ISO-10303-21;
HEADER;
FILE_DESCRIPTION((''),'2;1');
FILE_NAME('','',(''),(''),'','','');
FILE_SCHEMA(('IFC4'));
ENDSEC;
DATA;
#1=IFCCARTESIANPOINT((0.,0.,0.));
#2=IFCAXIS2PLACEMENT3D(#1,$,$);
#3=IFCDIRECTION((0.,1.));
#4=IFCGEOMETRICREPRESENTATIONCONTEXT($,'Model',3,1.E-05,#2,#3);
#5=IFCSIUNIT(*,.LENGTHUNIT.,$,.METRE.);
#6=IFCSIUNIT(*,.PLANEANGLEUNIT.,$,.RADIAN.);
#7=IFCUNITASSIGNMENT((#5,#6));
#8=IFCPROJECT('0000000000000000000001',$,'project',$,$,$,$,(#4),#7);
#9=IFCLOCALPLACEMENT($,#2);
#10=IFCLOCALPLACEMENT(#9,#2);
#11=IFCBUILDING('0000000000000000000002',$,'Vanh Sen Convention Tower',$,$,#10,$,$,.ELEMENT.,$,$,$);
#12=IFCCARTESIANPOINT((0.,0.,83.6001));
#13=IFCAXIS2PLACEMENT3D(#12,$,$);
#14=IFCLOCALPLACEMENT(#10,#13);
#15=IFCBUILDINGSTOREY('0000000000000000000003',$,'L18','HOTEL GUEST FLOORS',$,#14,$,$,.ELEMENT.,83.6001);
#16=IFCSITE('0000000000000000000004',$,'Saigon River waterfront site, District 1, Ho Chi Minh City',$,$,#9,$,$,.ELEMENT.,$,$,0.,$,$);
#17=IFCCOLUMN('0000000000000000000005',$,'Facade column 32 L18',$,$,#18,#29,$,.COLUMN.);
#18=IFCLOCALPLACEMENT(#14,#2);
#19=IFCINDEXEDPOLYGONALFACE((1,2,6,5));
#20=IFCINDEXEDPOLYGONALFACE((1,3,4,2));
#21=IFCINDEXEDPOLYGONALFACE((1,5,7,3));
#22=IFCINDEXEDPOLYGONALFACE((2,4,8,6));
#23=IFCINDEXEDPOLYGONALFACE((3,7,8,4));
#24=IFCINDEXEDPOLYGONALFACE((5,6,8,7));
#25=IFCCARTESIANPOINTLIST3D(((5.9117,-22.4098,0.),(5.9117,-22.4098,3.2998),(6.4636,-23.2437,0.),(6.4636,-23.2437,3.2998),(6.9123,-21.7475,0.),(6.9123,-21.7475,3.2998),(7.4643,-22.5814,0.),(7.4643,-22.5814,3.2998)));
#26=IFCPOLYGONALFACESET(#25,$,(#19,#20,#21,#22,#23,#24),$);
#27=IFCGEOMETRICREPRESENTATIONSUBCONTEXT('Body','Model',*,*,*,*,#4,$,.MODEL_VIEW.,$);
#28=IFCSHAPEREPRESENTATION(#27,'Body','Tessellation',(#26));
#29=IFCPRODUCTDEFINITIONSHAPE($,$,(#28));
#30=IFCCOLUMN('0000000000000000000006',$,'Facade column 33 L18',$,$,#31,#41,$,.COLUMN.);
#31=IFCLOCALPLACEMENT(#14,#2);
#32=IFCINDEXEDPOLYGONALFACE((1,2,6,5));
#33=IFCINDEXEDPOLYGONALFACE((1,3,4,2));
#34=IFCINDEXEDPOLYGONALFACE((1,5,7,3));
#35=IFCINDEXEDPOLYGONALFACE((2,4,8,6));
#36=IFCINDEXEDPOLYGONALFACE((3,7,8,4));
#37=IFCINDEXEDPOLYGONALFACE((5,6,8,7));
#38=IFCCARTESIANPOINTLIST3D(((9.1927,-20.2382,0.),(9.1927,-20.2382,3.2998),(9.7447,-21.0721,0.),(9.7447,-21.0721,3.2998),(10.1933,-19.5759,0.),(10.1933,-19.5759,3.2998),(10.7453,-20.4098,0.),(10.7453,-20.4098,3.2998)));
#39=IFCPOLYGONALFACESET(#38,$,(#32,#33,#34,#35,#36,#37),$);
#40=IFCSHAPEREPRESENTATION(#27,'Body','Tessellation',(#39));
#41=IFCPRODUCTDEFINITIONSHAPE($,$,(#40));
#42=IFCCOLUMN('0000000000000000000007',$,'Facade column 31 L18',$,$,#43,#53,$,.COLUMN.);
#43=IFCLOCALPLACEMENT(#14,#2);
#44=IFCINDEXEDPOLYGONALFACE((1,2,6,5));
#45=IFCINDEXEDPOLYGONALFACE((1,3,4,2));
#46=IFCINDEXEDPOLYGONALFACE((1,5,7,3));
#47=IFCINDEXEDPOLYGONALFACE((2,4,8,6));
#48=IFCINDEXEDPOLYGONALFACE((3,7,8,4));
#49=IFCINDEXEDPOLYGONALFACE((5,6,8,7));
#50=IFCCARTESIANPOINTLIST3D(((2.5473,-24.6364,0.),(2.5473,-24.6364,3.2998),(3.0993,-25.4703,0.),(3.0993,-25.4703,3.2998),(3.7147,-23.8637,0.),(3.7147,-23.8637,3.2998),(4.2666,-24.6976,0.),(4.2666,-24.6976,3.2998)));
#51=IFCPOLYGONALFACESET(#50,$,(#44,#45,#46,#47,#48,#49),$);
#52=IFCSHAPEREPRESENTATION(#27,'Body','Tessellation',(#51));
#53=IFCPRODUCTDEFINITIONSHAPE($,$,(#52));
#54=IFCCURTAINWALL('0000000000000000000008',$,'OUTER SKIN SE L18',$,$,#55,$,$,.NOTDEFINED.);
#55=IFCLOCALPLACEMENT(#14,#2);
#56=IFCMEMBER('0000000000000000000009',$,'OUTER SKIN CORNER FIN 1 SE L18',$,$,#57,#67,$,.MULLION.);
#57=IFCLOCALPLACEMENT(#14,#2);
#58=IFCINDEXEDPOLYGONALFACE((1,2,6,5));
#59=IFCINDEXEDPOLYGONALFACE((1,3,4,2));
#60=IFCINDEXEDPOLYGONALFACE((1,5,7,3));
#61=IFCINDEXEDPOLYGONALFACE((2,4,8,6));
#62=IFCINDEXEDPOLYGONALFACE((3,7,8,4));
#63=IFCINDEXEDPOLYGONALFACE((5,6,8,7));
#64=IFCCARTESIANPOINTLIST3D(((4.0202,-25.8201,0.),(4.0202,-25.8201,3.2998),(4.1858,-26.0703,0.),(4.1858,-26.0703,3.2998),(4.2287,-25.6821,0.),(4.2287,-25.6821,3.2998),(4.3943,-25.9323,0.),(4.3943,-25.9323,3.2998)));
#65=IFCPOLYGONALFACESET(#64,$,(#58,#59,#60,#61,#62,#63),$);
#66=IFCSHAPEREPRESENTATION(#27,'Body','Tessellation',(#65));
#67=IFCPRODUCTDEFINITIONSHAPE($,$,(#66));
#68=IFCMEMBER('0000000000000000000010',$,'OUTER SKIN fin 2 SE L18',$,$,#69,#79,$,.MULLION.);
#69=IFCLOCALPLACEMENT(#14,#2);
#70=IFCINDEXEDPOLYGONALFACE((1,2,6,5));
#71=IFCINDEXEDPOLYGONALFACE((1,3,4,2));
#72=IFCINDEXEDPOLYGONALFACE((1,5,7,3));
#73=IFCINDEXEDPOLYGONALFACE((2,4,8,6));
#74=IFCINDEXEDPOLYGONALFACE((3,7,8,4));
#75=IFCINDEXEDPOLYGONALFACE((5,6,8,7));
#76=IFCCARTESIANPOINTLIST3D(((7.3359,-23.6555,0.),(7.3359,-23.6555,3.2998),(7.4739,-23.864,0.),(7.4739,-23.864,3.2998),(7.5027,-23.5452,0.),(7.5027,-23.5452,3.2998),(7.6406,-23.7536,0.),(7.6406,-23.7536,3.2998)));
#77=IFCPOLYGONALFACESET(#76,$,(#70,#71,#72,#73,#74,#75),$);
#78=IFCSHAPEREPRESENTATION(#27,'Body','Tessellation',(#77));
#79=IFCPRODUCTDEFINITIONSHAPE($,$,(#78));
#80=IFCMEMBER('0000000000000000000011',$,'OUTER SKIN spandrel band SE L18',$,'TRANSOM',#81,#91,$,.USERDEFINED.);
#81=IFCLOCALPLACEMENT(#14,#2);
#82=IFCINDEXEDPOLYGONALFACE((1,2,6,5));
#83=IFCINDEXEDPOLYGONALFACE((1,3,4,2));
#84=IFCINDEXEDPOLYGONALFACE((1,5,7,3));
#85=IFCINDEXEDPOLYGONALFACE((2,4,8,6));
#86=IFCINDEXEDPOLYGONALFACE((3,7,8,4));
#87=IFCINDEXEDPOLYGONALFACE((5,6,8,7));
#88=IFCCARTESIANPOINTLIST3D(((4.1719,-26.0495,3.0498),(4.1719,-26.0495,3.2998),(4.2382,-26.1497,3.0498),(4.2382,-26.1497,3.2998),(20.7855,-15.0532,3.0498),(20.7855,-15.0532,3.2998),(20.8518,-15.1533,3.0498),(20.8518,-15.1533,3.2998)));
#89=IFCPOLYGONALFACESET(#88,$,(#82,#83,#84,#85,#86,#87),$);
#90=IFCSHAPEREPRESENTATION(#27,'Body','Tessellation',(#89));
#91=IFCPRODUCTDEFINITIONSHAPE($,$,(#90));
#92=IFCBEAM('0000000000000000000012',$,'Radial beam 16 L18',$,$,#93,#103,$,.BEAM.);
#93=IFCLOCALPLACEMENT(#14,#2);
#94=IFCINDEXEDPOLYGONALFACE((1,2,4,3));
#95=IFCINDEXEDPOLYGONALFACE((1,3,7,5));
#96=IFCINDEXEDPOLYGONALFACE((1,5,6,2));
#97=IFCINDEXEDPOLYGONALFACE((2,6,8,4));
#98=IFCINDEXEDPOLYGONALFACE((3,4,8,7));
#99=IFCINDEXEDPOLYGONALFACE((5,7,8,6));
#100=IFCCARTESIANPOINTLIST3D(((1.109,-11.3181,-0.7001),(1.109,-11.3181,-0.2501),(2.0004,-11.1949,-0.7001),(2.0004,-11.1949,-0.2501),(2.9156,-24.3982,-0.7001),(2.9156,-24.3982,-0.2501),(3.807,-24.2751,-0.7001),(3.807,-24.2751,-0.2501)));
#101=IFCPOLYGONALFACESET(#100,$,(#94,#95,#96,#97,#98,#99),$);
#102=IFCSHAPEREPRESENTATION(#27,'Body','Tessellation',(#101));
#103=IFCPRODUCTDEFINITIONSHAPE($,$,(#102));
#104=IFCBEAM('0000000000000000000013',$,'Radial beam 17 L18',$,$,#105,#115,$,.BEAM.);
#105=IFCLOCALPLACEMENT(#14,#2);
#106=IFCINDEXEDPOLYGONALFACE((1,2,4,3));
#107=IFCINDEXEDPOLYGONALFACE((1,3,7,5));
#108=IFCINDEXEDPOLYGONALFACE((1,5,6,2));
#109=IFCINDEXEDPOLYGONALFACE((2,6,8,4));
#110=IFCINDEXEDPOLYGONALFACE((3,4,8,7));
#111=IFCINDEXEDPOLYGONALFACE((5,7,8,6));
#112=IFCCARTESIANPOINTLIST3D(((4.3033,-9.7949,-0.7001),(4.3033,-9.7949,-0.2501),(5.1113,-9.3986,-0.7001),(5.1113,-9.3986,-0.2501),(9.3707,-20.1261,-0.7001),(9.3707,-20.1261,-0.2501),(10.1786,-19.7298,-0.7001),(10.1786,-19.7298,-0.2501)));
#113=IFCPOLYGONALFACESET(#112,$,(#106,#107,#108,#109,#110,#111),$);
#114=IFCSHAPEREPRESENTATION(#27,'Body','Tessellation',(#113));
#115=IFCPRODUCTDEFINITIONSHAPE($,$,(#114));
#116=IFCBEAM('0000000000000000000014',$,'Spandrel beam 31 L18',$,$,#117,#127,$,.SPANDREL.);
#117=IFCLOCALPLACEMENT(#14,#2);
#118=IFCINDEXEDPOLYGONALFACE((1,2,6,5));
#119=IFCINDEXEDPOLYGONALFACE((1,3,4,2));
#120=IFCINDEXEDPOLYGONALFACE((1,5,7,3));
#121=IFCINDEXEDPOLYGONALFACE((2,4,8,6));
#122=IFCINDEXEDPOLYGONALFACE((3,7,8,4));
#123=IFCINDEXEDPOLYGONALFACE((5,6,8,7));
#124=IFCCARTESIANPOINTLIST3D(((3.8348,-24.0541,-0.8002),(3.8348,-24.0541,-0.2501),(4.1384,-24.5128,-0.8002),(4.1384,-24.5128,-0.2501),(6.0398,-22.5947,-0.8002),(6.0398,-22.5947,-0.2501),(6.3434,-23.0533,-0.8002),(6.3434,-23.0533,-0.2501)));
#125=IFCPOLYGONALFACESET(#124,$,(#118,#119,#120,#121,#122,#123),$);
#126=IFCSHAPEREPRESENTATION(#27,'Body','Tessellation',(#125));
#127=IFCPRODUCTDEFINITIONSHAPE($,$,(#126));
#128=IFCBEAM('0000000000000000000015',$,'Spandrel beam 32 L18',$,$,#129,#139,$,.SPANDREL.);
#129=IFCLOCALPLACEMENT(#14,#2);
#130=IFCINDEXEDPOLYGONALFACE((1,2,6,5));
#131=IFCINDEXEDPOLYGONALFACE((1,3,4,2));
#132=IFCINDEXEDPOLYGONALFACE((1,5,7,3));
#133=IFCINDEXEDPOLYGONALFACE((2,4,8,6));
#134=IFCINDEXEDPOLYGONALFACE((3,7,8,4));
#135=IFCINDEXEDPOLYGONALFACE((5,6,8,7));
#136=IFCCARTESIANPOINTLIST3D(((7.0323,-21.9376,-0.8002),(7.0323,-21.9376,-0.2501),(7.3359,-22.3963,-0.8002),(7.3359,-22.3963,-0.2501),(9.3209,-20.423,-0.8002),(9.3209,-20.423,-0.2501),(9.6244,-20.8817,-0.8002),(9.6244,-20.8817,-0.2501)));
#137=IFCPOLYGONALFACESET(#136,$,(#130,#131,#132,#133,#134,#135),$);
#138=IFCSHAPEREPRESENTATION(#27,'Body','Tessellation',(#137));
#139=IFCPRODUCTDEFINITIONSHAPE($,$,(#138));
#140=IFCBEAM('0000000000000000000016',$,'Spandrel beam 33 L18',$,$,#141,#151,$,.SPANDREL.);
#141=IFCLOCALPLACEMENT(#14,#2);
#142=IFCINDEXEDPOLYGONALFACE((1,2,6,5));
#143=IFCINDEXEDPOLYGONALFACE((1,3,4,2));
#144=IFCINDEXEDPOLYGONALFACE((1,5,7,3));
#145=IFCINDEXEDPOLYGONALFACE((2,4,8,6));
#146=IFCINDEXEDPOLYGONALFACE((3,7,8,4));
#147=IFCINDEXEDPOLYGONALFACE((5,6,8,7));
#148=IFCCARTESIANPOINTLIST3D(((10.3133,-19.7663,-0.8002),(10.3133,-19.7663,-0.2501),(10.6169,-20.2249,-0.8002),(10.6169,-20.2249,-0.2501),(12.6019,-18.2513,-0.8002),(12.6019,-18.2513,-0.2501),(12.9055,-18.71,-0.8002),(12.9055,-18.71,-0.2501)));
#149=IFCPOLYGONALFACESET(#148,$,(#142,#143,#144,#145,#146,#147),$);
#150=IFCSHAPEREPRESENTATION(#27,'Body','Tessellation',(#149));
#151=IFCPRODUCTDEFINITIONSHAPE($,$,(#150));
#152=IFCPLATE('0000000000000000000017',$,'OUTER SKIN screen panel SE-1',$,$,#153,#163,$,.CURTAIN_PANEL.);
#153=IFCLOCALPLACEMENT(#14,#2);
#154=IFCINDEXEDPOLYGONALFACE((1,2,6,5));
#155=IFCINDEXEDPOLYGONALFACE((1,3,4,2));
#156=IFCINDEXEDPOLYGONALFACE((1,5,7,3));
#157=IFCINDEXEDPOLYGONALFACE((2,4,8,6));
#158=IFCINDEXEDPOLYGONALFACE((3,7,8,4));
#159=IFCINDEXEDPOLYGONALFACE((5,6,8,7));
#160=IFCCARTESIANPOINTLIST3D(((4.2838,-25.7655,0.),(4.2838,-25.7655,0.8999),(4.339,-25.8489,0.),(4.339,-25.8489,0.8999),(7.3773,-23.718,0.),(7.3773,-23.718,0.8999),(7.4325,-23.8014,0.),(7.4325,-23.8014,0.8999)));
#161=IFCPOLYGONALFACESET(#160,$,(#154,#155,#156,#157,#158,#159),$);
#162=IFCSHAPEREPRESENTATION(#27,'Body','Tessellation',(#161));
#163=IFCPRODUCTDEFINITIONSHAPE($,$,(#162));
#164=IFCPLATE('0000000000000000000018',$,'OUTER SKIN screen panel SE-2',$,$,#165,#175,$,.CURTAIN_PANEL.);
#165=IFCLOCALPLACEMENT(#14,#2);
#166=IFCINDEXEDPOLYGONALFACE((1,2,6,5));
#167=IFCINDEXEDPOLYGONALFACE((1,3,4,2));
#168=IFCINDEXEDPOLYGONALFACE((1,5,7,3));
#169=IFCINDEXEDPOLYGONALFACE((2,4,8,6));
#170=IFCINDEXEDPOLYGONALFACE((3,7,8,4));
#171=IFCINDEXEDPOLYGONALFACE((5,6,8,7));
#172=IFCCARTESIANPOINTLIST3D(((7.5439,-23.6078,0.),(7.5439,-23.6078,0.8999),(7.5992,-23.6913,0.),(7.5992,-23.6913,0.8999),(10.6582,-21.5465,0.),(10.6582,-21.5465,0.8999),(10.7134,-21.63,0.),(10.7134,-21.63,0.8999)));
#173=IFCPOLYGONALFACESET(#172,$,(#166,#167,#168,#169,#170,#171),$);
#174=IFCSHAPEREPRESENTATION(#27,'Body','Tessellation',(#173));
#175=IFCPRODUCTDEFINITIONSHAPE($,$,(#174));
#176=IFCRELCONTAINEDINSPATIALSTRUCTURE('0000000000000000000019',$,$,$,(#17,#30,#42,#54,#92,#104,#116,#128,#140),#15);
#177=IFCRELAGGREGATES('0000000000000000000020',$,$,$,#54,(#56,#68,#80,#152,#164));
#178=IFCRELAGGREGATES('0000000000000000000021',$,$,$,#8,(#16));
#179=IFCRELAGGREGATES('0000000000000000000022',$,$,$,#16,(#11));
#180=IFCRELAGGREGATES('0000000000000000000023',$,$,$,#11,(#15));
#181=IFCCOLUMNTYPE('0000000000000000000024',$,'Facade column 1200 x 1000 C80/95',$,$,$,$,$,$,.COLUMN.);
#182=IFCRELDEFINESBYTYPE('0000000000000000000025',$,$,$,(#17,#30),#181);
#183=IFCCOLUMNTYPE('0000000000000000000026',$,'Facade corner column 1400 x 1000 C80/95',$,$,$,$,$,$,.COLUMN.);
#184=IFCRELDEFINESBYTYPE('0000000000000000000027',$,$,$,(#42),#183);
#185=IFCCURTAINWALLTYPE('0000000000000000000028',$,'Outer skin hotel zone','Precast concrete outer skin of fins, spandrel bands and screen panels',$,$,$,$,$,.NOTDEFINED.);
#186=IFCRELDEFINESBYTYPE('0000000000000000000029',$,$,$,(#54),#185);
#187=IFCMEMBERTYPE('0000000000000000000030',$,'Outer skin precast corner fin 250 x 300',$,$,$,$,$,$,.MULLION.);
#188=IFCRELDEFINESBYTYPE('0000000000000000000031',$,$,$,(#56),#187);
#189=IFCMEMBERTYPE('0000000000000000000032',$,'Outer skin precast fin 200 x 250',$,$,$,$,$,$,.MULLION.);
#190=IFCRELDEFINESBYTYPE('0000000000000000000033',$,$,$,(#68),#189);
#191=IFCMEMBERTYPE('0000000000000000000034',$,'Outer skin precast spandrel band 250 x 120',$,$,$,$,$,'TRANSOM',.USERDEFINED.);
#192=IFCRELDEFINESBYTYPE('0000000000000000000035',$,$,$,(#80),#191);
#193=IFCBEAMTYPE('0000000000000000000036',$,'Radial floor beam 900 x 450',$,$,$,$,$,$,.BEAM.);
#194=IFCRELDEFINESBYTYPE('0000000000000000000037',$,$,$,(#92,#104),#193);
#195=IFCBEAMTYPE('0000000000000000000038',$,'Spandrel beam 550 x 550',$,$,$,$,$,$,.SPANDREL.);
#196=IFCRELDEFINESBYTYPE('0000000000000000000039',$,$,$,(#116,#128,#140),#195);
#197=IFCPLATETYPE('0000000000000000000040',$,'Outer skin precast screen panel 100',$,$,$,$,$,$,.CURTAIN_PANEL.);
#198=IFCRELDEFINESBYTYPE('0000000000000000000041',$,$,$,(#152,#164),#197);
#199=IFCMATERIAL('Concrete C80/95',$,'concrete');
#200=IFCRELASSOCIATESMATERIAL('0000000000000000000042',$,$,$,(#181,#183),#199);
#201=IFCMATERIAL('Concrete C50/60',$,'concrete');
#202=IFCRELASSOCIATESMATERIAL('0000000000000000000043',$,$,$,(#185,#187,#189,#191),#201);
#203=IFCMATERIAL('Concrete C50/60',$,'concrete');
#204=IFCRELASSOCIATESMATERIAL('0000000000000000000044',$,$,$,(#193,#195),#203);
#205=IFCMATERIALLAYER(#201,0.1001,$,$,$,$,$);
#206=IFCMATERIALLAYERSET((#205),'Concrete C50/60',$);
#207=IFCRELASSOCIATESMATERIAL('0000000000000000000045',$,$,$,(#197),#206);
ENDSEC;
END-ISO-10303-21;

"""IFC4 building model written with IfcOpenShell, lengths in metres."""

from ifc_helpers import new_model, si_unit, direction, frame, origin, origin_2d, place, context, subcontext, project, spatial, rectangle, extrude, material, layer, layer_set, material_profile, profile_set, type_object, element, aggregate, save


model = new_model("IFC4")

# Units and contexts
model_context = context("Model", 3, precision=1e-05, world=origin(), true_north=direction((0.0, 1.0)))
body_context = subcontext(model_context, "Body", "Model", "MODEL_VIEW")
ifc_project = project(units=[si_unit("LENGTHUNIT", "METRE"), si_unit("PLANEANGLEUNIT", "RADIAN")], contexts=[model_context])

# Site, building, storey
site_placement = place(None, origin())
site = spatial("IfcSite", under=ifc_project, at=site_placement, Name="Saigon River waterfront site, District 1, Ho Chi Minh City", CompositionType="ELEMENT", RefElevation=0.0)
building_placement = place(site_placement, origin())
building = spatial("IfcBuilding", under=site, at=building_placement, Name="Vanh Sen Convention Tower", CompositionType="ELEMENT")
storey_placement = place(building_placement, frame((0.0, 0.0, 83.6001)))
storey = spatial("IfcBuildingStorey", under=building, at=storey_placement, Name="L18", Description="HOTEL GUEST FLOORS", CompositionType="ELEMENT", Elevation=83.6001)

# Columns
ifc_material_1 = material(Name="Concrete C80/95", Category="concrete")
ifc_material_profile_1 = material_profile(ifc_material_1, rectangle(XDim=1.2, YDim=1.0, at=origin_2d()), Name="RC 1200X1000")
ifc_profile_set_1 = profile_set([ifc_material_profile_1], Name="Concrete C80/95")
column_type_1 = type_object("IfcColumnType", Name="Facade column 1200 x 1000 C80/95", PredefinedType="COLUMN", material=ifc_profile_set_1)
for number, where, z_axis, x_axis, name in (
    (1, (6.688, -22.4956, 0.0), (0.0, 0.0, 1.0), (0.833886, 0.551937, 0.0), "Facade column 32 L18"),
    (2, (9.969, -20.324, 0.0), (0.0, 0.0, 1.0), (0.833886, 0.551937, 0.0), "Facade column 33 L18"),
):
    element("IfcColumn", number, at=place(storey_placement, frame(where, z_axis=z_axis, x_axis=x_axis)), inside=storey, type_object=column_type_1, Name=name, PredefinedType="COLUMN", context=body_context, shape_type="SweptSolid", body=[
        extrude(rectangle(XDim=1.2, YDim=1.0, at=origin_2d()), origin(), (0.0, 0.0, 1.0), 3.2998),
    ])
ifc_material_profile_2 = material_profile(ifc_material_1, rectangle(XDim=1.3999, YDim=1.0, at=origin_2d()), Name="RC 1400X1000")
ifc_profile_set_2 = profile_set([ifc_material_profile_2], Name="Concrete C80/95")
column_type_2 = type_object("IfcColumnType", Name="Facade corner column 1400 x 1000 C80/95", PredefinedType="COLUMN", material=ifc_profile_set_2)
column_placement = place(storey_placement, frame((3.407, -24.667, 0.0), z_axis=(0.0, 0.0, 1.0), x_axis=(0.833886, 0.551937, 0.0)))
element("IfcColumn", 3, at=column_placement, inside=storey, type_object=column_type_2, Name="Facade column 31 L18", PredefinedType="COLUMN", context=body_context, shape_type="SweptSolid", body=[
    extrude(rectangle(XDim=1.3999, YDim=1.0, at=origin_2d()), origin(), (0.0, 0.0, 1.0), 3.2998),
])

# Curtain wall, members
ifc_material_2 = material(Name="Concrete C50/60", Category="concrete")
curtain_wall_type = type_object("IfcCurtainWallType", Name="Outer skin hotel zone", Description="Precast concrete outer skin of fins, spandrel bands and screen panels", PredefinedType="NOTDEFINED", material=ifc_material_2)
curtain_wall_placement = place(storey_placement, origin())
curtain_wall = element("IfcCurtainWall", 4, at=curtain_wall_placement, inside=storey, type_object=curtain_wall_type, Name="OUTER SKIN SE L18", PredefinedType="NOTDEFINED")
ifc_material_profile_3 = material_profile(ifc_material_2, rectangle(XDim=0.25, YDim=0.3, at=origin_2d()), Name="Outer skin precast corner fin 250 x 300")
ifc_profile_set_3 = profile_set([ifc_material_profile_3], Name="Concrete C50/60")
member_type_1 = type_object("IfcMemberType", Name="Outer skin precast corner fin 250 x 300", PredefinedType="MULLION", material=ifc_profile_set_3)
member_1_placement = place(storey_placement, frame((4.2073, -25.8762, 0.0), z_axis=(0.0, 0.0, 1.0), x_axis=(0.833886, 0.551937, 0.0)))
member_1 = element("IfcMember", 5, at=member_1_placement, type_object=member_type_1, Name="OUTER SKIN CORNER FIN 1 SE L18", PredefinedType="MULLION", context=body_context, shape_type="SweptSolid", body=[
    extrude(rectangle(XDim=0.25, YDim=0.3, at=origin_2d()), origin(), (0.0, 0.0, 1.0), 3.2998),
])
ifc_material_profile_4 = material_profile(ifc_material_2, rectangle(XDim=0.2, YDim=0.25, at=origin_2d()), Name="Outer skin precast fin 200 x 250")
ifc_profile_set_4 = profile_set([ifc_material_profile_4], Name="Concrete C50/60")
member_type_2 = type_object("IfcMemberType", Name="Outer skin precast fin 200 x 250", PredefinedType="MULLION", material=ifc_profile_set_4)
member_2_placement = place(storey_placement, frame((7.4883, -23.7046, 0.0), z_axis=(0.0, 0.0, 1.0), x_axis=(0.833886, 0.551937, 0.0)))
member_2 = element("IfcMember", 6, at=member_2_placement, type_object=member_type_2, Name="OUTER SKIN fin 2 SE L18", PredefinedType="MULLION", context=body_context, shape_type="SweptSolid", body=[
    extrude(rectangle(XDim=0.2, YDim=0.25, at=origin_2d()), origin(), (0.0, 0.0, 1.0), 3.2998),
])
ifc_material_profile_5 = material_profile(ifc_material_2, rectangle(XDim=0.1201, YDim=0.25, at=origin_2d()), Name="Outer skin precast spandrel band 250 x 120")
ifc_profile_set_5 = profile_set([ifc_material_profile_5], Name="Concrete C50/60")
member_type_3 = type_object("IfcMemberType", Name="Outer skin precast spandrel band 250 x 120", ElementType="TRANSOM", PredefinedType="USERDEFINED", material=ifc_profile_set_5)
member_3_placement = place(storey_placement, frame((4.2051, -26.0996, 3.1748), z_axis=(0.833884, 0.55194, 0.0), x_axis=(-0.55194, 0.833884, 0.0)))
member_3 = element("IfcMember", 7, at=member_3_placement, type_object=member_type_3, Name="OUTER SKIN spandrel band SE L18", ObjectType="TRANSOM", PredefinedType="USERDEFINED", context=body_context, shape_type="SweptSolid", body=[
    extrude(rectangle(XDim=0.1201, YDim=0.25, at=origin_2d()), origin(), (0.0, 0.0, 1.0), 19.9231),
])

# Beams
ifc_material_3 = material(Name="Concrete C50/60", Category="concrete")
ifc_material_profile_6 = material_profile(ifc_material_3, rectangle(XDim=0.8999, YDim=0.45, at=origin_2d()), Name="RC 900X450")
ifc_profile_set_6 = profile_set([ifc_material_profile_6], Name="Concrete C50/60")
beam_type_1 = type_object("IfcBeamType", Name="Radial floor beam 900 x 450", PredefinedType="BEAM", material=ifc_profile_set_6)
beam_1_placement = place(storey_placement, frame((3.3613, -24.3367, -0.4751), z_axis=(-0.136823, 0.990596, 0.0), x_axis=(-0.990596, -0.136823, 0.0)))
element("IfcBeam", 8, at=beam_1_placement, inside=storey, type_object=beam_type_1, Name="Radial beam 16 L18", PredefinedType="BEAM", context=body_context, shape_type="SweptSolid", body=[
    extrude(rectangle(XDim=0.8999, YDim=0.45, at=origin_2d()), origin(), (0.0, 0.0, 1.0), 13.2043),
])
beam_2_placement = place(storey_placement, frame((9.7747, -19.928, -0.4751), z_axis=(-0.440369, 0.897817, 0.0), x_axis=(-0.897817, -0.440369, 0.0)))
element("IfcBeam", 9, at=beam_2_placement, inside=storey, type_object=beam_type_1, Name="Radial beam 17 L18", PredefinedType="BEAM", context=body_context, shape_type="SweptSolid", body=[
    extrude(rectangle(XDim=0.8999, YDim=0.45, at=origin_2d()), origin(), (0.0, 0.0, 1.0), 11.5071),
])
ifc_material_profile_7 = material_profile(ifc_material_3, rectangle(XDim=0.55, YDim=0.55, at=origin_2d()), Name="RC 550X550")
ifc_profile_set_7 = profile_set([ifc_material_profile_7], Name="Concrete C50/60")
beam_type_2 = type_object("IfcBeamType", Name="Spandrel beam 550 x 550", PredefinedType="SPANDREL", material=ifc_profile_set_7)
beam_3_placement = place(storey_placement, frame((3.9866, -24.2834, -0.5251), z_axis=(0.833892, 0.551927, 0.0), x_axis=(-0.551927, 0.833892, 0.0)))
element("IfcBeam", 10, at=beam_3_placement, inside=storey, type_object=beam_type_2, Name="Spandrel beam 31 L18", PredefinedType="SPANDREL", context=body_context, shape_type="SweptSolid", body=[
    extrude(rectangle(XDim=0.55, YDim=0.55, at=origin_2d()), origin(), (0.0, 0.0, 1.0), 2.6443),
])
beam_4_placement = place(storey_placement, frame((7.1841, -22.167, -0.5251), z_axis=(0.833907, 0.551905, 0.0), x_axis=(-0.551905, 0.833907, 0.0)))
element("IfcBeam", 11, at=beam_4_placement, inside=storey, type_object=beam_type_2, Name="Spandrel beam 32 L18", PredefinedType="SPANDREL", context=body_context, shape_type="SweptSolid", body=[
    extrude(rectangle(XDim=0.55, YDim=0.55, at=origin_2d()), origin(), (0.0, 0.0, 1.0), 2.7444),
])
beam_5_placement = place(storey_placement, frame((10.4651, -19.9956, -0.5251), z_axis=(0.833866, 0.551967, 0.0), x_axis=(-0.551967, 0.833866, 0.0)))
element("IfcBeam", 12, at=beam_5_placement, inside=storey, type_object=beam_type_2, Name="Spandrel beam 33 L18", PredefinedType="SPANDREL", context=body_context, shape_type="SweptSolid", body=[
    extrude(rectangle(XDim=0.55, YDim=0.55, at=origin_2d()), origin(), (0.0, 0.0, 1.0), 2.7446),
])

# Plates
ifc_layer_1 = layer(ifc_material_2, 0.1001)
ifc_layer_set_1 = layer_set([ifc_layer_1], Name="Concrete C50/60")
plate_type = type_object("IfcPlateType", Name="Outer skin precast screen panel 100", PredefinedType="CURTAIN_PANEL", material=ifc_layer_set_1)
plate_1_placement = place(storey_placement, frame((5.8582, -24.7834, 0.0), z_axis=(0.0, 0.0, 1.0), x_axis=(0.833892, 0.551928, 0.0)))
plate_1 = element("IfcPlate", 13, at=plate_1_placement, type_object=plate_type, Name="OUTER SKIN screen panel SE-1", PredefinedType="CURTAIN_PANEL", context=body_context, shape_type="SweptSolid", body=[
    extrude(rectangle(XDim=3.7097, YDim=0.1001, at=origin_2d()), origin(), (0.0, 0.0, 1.0), 0.8999),
])
plate_2_placement = place(storey_placement, frame((9.1287, -22.6189, 0.0), z_axis=(0.0, 0.0, 1.0), x_axis=(0.833892, 0.551928, 0.0)))
plate_2 = element("IfcPlate", 14, at=plate_2_placement, type_object=plate_type, Name="OUTER SKIN screen panel SE-2", PredefinedType="CURTAIN_PANEL", context=body_context, shape_type="SweptSolid", body=[
    extrude(rectangle(XDim=3.7346, YDim=0.1001, at=origin_2d()), origin(), (0.0, 0.0, 1.0), 0.8999),
])
aggregate(curtain_wall, [member_1, member_2, member_3, plate_1, plate_2])

save(model, "model.ifc")
